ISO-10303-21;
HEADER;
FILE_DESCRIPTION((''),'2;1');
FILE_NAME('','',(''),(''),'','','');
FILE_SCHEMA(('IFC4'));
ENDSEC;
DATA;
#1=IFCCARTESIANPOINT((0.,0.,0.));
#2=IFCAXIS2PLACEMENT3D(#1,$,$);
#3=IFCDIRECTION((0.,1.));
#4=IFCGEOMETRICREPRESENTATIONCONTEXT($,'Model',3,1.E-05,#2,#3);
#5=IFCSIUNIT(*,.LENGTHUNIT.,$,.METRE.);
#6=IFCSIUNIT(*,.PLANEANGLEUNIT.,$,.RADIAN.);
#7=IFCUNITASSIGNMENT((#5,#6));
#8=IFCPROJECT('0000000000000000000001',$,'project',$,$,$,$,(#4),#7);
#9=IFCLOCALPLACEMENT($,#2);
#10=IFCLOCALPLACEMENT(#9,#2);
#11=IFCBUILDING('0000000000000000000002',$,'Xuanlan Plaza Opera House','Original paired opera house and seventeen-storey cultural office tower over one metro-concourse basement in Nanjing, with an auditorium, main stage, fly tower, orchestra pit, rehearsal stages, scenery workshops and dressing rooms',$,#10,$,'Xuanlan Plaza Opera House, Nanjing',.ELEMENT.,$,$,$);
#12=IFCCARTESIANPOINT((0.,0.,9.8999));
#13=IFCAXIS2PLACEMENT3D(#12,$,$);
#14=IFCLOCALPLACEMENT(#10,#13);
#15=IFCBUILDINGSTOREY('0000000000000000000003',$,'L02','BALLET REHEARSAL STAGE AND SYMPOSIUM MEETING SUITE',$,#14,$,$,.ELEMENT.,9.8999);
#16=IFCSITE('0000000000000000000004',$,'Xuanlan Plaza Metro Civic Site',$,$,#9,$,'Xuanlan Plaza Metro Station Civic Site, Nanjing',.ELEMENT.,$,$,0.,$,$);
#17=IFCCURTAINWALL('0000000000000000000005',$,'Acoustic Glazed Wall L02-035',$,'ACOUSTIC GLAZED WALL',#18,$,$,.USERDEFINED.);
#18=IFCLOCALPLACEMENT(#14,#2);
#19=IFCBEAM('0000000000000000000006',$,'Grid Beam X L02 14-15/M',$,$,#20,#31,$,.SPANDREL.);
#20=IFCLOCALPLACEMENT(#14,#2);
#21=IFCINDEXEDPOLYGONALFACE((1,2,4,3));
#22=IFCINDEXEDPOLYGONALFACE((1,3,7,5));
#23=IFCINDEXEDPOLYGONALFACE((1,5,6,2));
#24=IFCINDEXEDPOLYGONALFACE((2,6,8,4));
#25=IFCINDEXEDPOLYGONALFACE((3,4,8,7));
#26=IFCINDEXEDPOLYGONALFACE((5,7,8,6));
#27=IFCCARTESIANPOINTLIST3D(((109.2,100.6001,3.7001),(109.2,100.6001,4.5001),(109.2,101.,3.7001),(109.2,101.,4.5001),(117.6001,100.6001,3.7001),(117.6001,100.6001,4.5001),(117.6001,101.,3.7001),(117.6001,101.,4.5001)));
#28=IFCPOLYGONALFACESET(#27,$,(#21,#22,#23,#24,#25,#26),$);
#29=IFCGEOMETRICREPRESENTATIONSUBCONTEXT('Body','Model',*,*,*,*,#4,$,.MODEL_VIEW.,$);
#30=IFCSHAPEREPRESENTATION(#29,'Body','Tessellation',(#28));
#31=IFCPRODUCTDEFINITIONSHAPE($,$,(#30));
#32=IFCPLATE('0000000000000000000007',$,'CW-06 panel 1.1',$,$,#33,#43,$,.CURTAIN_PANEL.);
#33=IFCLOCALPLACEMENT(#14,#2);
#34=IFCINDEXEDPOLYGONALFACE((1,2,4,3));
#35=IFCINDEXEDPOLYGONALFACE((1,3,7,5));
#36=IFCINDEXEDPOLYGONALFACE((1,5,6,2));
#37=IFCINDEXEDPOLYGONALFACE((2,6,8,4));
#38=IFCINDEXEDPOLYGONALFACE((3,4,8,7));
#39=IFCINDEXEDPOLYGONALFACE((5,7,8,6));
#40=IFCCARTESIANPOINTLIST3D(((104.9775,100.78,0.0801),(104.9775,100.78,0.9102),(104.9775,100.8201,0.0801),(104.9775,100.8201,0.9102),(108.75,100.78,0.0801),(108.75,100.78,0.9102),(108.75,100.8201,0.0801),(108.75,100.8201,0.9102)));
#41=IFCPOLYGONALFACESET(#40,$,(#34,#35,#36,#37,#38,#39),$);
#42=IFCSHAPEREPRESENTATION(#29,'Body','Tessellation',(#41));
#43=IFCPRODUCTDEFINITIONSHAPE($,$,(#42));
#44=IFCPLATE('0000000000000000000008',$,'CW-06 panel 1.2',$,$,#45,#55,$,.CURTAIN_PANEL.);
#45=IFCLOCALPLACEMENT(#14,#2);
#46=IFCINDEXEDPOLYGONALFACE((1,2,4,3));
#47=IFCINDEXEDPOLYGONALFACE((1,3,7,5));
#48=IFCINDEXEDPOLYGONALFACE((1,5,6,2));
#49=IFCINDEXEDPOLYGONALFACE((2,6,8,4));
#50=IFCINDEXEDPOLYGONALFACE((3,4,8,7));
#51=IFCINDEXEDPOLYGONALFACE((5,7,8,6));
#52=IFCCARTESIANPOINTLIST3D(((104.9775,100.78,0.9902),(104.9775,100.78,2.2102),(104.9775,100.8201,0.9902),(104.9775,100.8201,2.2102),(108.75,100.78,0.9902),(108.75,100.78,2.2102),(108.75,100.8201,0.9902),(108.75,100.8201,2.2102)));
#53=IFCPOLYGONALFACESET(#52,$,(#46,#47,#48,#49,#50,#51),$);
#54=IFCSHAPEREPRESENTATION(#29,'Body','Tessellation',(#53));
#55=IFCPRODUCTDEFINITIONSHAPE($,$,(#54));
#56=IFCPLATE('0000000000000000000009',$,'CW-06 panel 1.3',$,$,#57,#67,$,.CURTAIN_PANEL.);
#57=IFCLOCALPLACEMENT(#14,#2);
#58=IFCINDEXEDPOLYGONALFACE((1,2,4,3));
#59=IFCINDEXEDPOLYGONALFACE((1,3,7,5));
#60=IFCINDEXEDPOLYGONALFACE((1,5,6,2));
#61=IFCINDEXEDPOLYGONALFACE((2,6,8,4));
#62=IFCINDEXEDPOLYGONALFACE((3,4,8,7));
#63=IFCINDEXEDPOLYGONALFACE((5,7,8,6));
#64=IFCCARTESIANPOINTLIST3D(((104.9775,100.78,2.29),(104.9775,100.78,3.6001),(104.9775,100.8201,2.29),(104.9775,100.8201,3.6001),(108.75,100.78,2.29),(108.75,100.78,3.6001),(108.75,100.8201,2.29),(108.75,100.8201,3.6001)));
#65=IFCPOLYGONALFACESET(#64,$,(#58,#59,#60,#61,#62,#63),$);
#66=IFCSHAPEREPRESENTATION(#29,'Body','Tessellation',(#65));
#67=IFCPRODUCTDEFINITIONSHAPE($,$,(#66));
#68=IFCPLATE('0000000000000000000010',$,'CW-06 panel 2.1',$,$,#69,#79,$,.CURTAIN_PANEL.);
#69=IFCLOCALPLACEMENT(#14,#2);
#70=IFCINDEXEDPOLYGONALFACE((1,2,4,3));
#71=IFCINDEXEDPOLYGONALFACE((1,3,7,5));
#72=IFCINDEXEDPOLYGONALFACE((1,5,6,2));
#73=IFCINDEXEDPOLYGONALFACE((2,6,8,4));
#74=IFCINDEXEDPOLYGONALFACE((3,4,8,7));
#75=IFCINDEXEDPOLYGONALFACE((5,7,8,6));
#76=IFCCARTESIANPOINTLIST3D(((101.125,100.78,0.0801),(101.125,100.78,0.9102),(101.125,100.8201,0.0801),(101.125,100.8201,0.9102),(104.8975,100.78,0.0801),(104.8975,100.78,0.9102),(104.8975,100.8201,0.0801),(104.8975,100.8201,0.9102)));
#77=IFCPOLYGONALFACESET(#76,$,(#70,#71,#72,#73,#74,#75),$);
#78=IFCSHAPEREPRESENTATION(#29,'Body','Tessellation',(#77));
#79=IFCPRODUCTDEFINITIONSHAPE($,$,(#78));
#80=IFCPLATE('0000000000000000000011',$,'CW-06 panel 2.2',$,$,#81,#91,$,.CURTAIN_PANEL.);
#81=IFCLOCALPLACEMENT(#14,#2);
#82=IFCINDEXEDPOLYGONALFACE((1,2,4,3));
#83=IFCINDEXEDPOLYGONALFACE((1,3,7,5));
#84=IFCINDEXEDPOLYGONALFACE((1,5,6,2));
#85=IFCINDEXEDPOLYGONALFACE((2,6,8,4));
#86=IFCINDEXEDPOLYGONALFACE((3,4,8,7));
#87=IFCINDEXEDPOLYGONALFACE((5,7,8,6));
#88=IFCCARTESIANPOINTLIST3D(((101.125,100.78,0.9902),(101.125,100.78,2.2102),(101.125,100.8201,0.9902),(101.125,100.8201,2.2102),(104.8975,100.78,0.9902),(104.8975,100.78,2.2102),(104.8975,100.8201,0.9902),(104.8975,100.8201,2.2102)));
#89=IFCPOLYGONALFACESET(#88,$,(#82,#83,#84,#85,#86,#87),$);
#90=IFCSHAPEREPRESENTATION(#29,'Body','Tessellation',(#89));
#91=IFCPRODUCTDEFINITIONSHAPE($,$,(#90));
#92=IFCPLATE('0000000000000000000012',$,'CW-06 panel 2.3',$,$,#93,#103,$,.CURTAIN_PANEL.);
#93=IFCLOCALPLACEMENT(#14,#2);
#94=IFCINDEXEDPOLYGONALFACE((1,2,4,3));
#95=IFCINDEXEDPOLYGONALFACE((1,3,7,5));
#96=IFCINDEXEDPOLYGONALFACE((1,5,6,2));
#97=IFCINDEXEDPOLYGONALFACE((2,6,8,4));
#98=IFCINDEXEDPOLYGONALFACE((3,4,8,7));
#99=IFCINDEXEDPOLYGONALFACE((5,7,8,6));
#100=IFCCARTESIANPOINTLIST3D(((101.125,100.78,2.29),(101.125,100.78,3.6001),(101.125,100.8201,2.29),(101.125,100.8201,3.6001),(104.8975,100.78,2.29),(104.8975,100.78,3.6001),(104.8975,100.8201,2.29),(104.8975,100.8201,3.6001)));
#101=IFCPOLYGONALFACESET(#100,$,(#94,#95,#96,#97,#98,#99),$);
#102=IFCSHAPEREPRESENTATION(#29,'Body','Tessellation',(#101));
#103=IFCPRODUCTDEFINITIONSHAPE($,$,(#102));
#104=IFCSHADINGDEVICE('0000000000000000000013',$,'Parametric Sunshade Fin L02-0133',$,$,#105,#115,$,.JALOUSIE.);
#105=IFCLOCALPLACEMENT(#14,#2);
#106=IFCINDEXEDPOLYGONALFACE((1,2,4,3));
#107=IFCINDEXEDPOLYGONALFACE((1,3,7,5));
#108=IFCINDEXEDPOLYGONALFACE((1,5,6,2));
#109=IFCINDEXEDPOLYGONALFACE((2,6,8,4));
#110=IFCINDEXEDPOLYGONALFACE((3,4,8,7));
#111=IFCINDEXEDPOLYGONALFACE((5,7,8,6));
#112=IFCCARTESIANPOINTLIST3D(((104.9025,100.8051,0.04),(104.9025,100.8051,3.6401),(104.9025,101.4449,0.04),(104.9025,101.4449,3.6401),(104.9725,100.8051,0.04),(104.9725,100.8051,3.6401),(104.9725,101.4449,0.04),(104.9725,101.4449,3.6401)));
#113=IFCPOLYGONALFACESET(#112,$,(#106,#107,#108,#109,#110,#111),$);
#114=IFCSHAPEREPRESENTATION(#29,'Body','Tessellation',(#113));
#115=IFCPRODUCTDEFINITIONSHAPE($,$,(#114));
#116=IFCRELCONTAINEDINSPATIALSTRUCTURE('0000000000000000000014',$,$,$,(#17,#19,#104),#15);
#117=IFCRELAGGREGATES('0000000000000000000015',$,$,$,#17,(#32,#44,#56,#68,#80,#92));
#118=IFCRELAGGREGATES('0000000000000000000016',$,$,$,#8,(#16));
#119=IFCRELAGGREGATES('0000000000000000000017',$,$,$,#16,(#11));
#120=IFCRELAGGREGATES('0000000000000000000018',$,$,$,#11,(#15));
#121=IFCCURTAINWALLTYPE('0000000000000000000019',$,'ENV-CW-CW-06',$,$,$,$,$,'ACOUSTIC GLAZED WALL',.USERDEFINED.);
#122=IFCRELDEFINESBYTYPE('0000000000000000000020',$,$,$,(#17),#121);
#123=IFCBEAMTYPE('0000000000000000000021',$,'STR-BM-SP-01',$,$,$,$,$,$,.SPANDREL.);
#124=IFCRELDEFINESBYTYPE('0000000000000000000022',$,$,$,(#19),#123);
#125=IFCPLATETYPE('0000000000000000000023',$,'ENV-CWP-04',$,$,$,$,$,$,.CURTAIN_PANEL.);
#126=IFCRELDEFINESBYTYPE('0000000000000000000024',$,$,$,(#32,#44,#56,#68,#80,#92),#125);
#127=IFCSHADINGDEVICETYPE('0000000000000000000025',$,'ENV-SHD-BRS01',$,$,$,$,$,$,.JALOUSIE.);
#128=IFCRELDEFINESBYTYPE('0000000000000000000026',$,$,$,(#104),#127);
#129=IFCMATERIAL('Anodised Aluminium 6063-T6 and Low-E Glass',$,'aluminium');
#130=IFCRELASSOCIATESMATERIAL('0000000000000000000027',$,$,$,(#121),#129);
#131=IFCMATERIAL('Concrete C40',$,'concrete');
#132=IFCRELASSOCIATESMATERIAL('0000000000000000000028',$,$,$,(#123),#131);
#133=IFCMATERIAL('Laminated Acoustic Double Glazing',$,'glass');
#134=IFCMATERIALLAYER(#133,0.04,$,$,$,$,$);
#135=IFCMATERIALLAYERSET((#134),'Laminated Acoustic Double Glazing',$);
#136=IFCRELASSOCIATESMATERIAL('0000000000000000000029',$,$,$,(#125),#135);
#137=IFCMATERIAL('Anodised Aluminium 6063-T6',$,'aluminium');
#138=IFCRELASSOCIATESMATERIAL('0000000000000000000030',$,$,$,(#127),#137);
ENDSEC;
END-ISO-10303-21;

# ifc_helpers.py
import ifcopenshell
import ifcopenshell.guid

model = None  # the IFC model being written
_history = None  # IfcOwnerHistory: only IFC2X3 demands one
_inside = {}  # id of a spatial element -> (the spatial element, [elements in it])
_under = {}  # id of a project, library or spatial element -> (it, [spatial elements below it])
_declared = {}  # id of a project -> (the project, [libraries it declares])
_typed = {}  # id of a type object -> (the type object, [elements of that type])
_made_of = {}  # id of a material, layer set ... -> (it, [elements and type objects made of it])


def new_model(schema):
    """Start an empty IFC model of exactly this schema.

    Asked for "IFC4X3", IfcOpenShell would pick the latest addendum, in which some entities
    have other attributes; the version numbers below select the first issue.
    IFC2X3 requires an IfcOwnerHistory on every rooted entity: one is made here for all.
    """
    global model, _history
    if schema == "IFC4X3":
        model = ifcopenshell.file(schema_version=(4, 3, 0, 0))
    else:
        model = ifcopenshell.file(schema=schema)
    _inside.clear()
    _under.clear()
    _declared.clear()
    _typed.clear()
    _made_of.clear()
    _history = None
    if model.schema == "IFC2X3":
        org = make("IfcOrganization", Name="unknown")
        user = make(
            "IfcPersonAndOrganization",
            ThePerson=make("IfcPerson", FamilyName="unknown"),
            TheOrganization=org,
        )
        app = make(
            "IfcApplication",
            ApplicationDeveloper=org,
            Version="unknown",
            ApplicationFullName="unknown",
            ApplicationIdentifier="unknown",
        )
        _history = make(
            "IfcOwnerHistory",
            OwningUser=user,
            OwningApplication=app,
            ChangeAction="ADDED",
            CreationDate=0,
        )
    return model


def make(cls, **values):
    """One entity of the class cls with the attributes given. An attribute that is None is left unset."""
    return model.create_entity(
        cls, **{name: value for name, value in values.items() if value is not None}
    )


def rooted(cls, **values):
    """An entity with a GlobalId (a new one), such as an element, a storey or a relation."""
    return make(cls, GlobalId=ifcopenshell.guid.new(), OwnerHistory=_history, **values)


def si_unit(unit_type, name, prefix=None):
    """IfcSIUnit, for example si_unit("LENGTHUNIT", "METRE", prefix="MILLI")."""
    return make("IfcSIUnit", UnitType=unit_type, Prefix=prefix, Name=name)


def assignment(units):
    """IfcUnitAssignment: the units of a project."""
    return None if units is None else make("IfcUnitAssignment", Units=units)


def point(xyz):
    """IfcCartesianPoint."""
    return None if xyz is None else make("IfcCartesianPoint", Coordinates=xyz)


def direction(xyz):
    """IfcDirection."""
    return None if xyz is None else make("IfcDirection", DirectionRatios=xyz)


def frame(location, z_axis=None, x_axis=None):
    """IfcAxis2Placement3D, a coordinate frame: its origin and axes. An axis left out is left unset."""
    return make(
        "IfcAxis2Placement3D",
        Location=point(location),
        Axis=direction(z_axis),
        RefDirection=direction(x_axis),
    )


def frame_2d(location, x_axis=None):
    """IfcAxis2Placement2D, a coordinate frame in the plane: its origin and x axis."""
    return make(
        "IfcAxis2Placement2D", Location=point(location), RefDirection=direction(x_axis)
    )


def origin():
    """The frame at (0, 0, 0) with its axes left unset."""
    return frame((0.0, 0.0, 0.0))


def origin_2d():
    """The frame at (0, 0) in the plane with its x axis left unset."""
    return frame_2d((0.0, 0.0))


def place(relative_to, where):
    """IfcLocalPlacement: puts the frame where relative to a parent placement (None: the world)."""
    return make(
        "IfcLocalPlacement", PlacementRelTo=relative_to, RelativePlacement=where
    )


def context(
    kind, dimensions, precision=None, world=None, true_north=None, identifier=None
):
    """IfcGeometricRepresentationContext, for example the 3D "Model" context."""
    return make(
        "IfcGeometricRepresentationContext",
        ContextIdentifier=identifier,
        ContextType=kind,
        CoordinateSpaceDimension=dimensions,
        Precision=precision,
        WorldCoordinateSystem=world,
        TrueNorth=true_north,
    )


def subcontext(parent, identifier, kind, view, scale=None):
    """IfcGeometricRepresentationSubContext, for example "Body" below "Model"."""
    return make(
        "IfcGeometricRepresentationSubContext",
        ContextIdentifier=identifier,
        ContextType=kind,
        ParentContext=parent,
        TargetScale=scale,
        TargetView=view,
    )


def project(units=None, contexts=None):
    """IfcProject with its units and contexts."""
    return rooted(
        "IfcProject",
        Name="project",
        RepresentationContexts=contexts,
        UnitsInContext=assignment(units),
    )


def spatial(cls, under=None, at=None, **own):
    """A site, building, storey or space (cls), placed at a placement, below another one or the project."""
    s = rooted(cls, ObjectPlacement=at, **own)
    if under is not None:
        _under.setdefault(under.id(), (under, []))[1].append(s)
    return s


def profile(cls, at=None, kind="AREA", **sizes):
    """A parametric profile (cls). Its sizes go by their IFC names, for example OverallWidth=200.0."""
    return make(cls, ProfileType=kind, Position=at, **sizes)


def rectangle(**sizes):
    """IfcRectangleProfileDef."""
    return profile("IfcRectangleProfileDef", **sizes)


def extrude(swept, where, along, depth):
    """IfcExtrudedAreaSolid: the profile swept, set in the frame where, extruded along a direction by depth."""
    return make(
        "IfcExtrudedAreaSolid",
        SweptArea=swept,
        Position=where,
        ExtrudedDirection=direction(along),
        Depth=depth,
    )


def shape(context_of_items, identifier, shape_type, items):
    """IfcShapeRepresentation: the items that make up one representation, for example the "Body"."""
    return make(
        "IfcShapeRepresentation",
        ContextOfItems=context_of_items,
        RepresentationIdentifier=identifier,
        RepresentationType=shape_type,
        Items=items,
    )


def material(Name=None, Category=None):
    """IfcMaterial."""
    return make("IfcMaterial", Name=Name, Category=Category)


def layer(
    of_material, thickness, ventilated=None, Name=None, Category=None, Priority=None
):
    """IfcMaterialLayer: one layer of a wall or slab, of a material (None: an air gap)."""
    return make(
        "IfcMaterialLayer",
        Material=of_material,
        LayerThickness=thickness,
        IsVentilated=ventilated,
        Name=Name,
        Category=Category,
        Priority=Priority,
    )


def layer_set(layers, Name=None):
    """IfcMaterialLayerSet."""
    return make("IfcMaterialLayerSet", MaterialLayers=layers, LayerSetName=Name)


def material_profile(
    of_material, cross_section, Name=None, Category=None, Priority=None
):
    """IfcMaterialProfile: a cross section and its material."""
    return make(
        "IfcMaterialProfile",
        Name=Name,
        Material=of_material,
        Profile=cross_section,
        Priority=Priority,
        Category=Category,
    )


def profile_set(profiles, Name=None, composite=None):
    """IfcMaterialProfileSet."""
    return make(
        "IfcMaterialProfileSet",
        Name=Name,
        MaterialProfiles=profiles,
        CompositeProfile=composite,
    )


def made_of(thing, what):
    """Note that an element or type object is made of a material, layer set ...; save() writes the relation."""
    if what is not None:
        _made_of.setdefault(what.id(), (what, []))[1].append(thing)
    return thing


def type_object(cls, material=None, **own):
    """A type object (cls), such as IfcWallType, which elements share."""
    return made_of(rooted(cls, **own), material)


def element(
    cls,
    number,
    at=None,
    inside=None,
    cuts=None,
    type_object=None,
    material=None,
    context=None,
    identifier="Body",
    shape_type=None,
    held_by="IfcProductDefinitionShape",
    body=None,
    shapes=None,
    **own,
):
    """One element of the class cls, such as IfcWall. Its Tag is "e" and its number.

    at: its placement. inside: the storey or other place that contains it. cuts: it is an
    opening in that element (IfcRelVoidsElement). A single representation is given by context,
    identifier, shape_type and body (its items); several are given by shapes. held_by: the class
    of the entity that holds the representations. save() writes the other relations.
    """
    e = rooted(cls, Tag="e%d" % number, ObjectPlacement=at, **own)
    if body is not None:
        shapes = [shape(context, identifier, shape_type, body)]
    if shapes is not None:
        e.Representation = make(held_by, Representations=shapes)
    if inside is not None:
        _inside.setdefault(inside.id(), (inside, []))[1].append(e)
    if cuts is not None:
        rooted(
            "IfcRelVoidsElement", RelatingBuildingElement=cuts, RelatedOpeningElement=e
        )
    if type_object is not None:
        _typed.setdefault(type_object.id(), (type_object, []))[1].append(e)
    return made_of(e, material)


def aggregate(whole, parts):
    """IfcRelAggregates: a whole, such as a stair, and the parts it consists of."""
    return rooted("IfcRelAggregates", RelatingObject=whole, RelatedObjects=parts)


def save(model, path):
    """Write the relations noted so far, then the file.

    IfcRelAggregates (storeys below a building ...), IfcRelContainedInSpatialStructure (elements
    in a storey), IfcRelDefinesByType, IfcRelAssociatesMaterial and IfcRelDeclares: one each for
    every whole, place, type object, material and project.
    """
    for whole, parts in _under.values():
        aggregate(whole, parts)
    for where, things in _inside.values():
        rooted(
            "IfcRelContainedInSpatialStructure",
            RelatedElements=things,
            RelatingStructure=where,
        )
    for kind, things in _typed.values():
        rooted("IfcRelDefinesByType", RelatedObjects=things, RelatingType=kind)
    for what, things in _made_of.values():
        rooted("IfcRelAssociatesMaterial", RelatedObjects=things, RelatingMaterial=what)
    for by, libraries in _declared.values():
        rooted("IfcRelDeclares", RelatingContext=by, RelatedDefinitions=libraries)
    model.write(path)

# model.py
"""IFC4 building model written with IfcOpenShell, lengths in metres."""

from ifc_helpers import new_model, si_unit, direction, frame, origin, origin_2d, place, context, subcontext, project, spatial, rectangle, extrude, material, layer, layer_set, material_profile, profile_set, type_object, element, aggregate, save


model = new_model("IFC4")

# Units and contexts
model_context = context("Model", 3, precision=1e-05, world=origin(), true_north=direction((0.0, 1.0)))
body_context = subcontext(model_context, "Body", "Model", "MODEL_VIEW")
ifc_project = project(units=[si_unit("LENGTHUNIT", "METRE"), si_unit("PLANEANGLEUNIT", "RADIAN")], contexts=[model_context])

# Site, building, storey
site_placement = place(None, origin())
site = spatial("IfcSite", under=ifc_project, at=site_placement, Name="Xuanlan Plaza Metro Civic Site", LongName="Xuanlan Plaza Metro Station Civic Site, Nanjing", CompositionType="ELEMENT", RefElevation=0.0)
building_placement = place(site_placement, origin())
building = spatial("IfcBuilding", under=site, at=building_placement, Name="Xuanlan Plaza Opera House", Description="Original paired opera house and seventeen-storey cultural office tower over one metro-concourse basement in Nanjing, with an auditorium, main stage, fly tower, orchestra pit, rehearsal stages, scenery workshops and dressing rooms", LongName="Xuanlan Plaza Opera House, Nanjing", CompositionType="ELEMENT")
storey_placement = place(building_placement, frame((0.0, 0.0, 9.8999)))
storey = spatial("IfcBuildingStorey", under=building, at=storey_placement, Name="L02", Description="BALLET REHEARSAL STAGE AND SYMPOSIUM MEETING SUITE", CompositionType="ELEMENT", Elevation=9.8999)

# Shared definitions
ifc_material_1 = material(Name="Concrete C40", Category="concrete")

# Shared definitions
ifc_material_2 = material(Name="Anodised Aluminium 6063-T6 and Low-E Glass", Category="aluminium")
ifc_material_3 = material(Name="Anodised Aluminium 6063-T6", Category="aluminium")

# Curtain wall
curtain_wall_type_1 = type_object("IfcCurtainWallType", Name="ENV-CW-CW-06", ElementType="ACOUSTIC GLAZED WALL", PredefinedType="USERDEFINED", material=ifc_material_2)
curtain_wall_1_placement = place(storey_placement, origin())
curtain_wall_1 = element("IfcCurtainWall", 1, at=curtain_wall_1_placement, inside=storey, type_object=curtain_wall_type_1, Name="Acoustic Glazed Wall L02-035", ObjectType="ACOUSTIC GLAZED WALL", PredefinedType="USERDEFINED")

# Beam
ifc_material_profile_1 = material_profile(ifc_material_1, rectangle(XDim=0.3999, YDim=0.8, at=origin_2d()), Name="RC-SPD 400x800")
ifc_profile_set_1 = profile_set([ifc_material_profile_1], Name="Concrete C40")
beam_type_1 = type_object("IfcBeamType", Name="STR-BM-SP-01", PredefinedType="SPANDREL", material=ifc_profile_set_1)
beam_1_placement = place(storey_placement, frame((109.2, 100.8, 4.1001), z_axis=(1.0, 0.0, 0.0), x_axis=(0.0, 1.0, 0.0)))
element("IfcBeam", 2, at=beam_1_placement, inside=storey, type_object=beam_type_1, Name="Grid Beam X L02 14-15/M", PredefinedType="SPANDREL", context=body_context, shape_type="SweptSolid", body=[
    extrude(rectangle(XDim=0.3999, YDim=0.8, at=origin_2d()), origin(), (0.0, 0.0, 1.0), 8.4001),
])

# Plates
ifc_material_4 = material(Name="Laminated Acoustic Double Glazing", Category="glass")
ifc_layer = layer(ifc_material_4, 0.04)
ifc_layer_set = layer_set([ifc_layer], Name="Laminated Acoustic Double Glazing")
plate_type = type_object("IfcPlateType", Name="ENV-CWP-04", PredefinedType="CURTAIN_PANEL", material=ifc_layer_set)
plate_1_placement = place(storey_placement, frame((106.8638, 100.8, 0.0801), z_axis=(0.0, 0.0, 1.0), x_axis=(-1.0, 0.0, 0.0)))
plate_1 = element("IfcPlate", 3, at=plate_1_placement, type_object=plate_type, Name="CW-06 panel 1.1", PredefinedType="CURTAIN_PANEL", context=body_context, shape_type="SweptSolid", body=[
    extrude(rectangle(XDim=3.7725, YDim=0.04, at=origin_2d()), origin(), (0.0, 0.0, 1.0), 0.8301),
])
plate_2_placement = place(storey_placement, frame((106.8638, 100.8, 0.9902), z_axis=(0.0, 0.0, 1.0), x_axis=(-1.0, 0.0, 0.0)))
plate_2 = element("IfcPlate", 4, at=plate_2_placement, type_object=plate_type, Name="CW-06 panel 1.2", PredefinedType="CURTAIN_PANEL", context=body_context, shape_type="SweptSolid", body=[
    extrude(rectangle(XDim=3.7725, YDim=0.04, at=origin_2d()), origin(), (0.0, 0.0, 1.0), 1.22),
])
plate_3_placement = place(storey_placement, frame((106.8638, 100.8, 2.29), z_axis=(0.0, 0.0, 1.0), x_axis=(-1.0, 0.0, 0.0)))
plate_3 = element("IfcPlate", 5, at=plate_3_placement, type_object=plate_type, Name="CW-06 panel 1.3", PredefinedType="CURTAIN_PANEL", context=body_context, shape_type="SweptSolid", body=[
    extrude(rectangle(XDim=3.7725, YDim=0.04, at=origin_2d()), origin(), (0.0, 0.0, 1.0), 1.3101),
])
plate_4_placement = place(storey_placement, frame((103.0112, 100.8, 0.0801), z_axis=(0.0, 0.0, 1.0), x_axis=(-1.0, 0.0, 0.0)))
plate_4 = element("IfcPlate", 6, at=plate_4_placement, type_object=plate_type, Name="CW-06 panel 2.1", PredefinedType="CURTAIN_PANEL", context=body_context, shape_type="SweptSolid", body=[
    extrude(rectangle(XDim=3.7725, YDim=0.04, at=origin_2d()), origin(), (0.0, 0.0, 1.0), 0.8301),
])
plate_5_placement = place(storey_placement, frame((103.0112, 100.8, 0.9902), z_axis=(0.0, 0.0, 1.0), x_axis=(-1.0, 0.0, 0.0)))
plate_5 = element("IfcPlate", 7, at=plate_5_placement, type_object=plate_type, Name="CW-06 panel 2.2", PredefinedType="CURTAIN_PANEL", context=body_context, shape_type="SweptSolid", body=[
    extrude(rectangle(XDim=3.7725, YDim=0.04, at=origin_2d()), origin(), (0.0, 0.0, 1.0), 1.22),
])
plate_6_placement = place(storey_placement, frame((103.0112, 100.8, 2.29), z_axis=(0.0, 0.0, 1.0), x_axis=(-1.0, 0.0, 0.0)))
plate_6 = element("IfcPlate", 8, at=plate_6_placement, type_object=plate_type, Name="CW-06 panel 2.3", PredefinedType="CURTAIN_PANEL", context=body_context, shape_type="SweptSolid", body=[
    extrude(rectangle(XDim=3.7725, YDim=0.04, at=origin_2d()), origin(), (0.0, 0.0, 1.0), 1.3101),
])
aggregate(curtain_wall_1, [plate_1, plate_2, plate_3, plate_4, plate_5, plate_6])

# Shading device
shading_device_type = type_object("IfcShadingDeviceType", Name="ENV-SHD-BRS01", PredefinedType="JALOUSIE", material=ifc_material_3)
shading_device_placement = place(storey_placement, frame((104.9375, 101.125, 0.04), z_axis=(0.0, 0.0, 1.0), x_axis=(0.0, 1.0, 0.0)))
element("IfcShadingDevice", 9, at=shading_device_placement, inside=storey, type_object=shading_device_type, Name="Parametric Sunshade Fin L02-0133", PredefinedType="JALOUSIE", context=body_context, shape_type="SweptSolid", body=[
    extrude(rectangle(XDim=0.6399, YDim=0.0701, at=origin_2d()), origin(), (0.0, 0.0, 1.0), 3.6001),
])

save(model, "model.ifc")
